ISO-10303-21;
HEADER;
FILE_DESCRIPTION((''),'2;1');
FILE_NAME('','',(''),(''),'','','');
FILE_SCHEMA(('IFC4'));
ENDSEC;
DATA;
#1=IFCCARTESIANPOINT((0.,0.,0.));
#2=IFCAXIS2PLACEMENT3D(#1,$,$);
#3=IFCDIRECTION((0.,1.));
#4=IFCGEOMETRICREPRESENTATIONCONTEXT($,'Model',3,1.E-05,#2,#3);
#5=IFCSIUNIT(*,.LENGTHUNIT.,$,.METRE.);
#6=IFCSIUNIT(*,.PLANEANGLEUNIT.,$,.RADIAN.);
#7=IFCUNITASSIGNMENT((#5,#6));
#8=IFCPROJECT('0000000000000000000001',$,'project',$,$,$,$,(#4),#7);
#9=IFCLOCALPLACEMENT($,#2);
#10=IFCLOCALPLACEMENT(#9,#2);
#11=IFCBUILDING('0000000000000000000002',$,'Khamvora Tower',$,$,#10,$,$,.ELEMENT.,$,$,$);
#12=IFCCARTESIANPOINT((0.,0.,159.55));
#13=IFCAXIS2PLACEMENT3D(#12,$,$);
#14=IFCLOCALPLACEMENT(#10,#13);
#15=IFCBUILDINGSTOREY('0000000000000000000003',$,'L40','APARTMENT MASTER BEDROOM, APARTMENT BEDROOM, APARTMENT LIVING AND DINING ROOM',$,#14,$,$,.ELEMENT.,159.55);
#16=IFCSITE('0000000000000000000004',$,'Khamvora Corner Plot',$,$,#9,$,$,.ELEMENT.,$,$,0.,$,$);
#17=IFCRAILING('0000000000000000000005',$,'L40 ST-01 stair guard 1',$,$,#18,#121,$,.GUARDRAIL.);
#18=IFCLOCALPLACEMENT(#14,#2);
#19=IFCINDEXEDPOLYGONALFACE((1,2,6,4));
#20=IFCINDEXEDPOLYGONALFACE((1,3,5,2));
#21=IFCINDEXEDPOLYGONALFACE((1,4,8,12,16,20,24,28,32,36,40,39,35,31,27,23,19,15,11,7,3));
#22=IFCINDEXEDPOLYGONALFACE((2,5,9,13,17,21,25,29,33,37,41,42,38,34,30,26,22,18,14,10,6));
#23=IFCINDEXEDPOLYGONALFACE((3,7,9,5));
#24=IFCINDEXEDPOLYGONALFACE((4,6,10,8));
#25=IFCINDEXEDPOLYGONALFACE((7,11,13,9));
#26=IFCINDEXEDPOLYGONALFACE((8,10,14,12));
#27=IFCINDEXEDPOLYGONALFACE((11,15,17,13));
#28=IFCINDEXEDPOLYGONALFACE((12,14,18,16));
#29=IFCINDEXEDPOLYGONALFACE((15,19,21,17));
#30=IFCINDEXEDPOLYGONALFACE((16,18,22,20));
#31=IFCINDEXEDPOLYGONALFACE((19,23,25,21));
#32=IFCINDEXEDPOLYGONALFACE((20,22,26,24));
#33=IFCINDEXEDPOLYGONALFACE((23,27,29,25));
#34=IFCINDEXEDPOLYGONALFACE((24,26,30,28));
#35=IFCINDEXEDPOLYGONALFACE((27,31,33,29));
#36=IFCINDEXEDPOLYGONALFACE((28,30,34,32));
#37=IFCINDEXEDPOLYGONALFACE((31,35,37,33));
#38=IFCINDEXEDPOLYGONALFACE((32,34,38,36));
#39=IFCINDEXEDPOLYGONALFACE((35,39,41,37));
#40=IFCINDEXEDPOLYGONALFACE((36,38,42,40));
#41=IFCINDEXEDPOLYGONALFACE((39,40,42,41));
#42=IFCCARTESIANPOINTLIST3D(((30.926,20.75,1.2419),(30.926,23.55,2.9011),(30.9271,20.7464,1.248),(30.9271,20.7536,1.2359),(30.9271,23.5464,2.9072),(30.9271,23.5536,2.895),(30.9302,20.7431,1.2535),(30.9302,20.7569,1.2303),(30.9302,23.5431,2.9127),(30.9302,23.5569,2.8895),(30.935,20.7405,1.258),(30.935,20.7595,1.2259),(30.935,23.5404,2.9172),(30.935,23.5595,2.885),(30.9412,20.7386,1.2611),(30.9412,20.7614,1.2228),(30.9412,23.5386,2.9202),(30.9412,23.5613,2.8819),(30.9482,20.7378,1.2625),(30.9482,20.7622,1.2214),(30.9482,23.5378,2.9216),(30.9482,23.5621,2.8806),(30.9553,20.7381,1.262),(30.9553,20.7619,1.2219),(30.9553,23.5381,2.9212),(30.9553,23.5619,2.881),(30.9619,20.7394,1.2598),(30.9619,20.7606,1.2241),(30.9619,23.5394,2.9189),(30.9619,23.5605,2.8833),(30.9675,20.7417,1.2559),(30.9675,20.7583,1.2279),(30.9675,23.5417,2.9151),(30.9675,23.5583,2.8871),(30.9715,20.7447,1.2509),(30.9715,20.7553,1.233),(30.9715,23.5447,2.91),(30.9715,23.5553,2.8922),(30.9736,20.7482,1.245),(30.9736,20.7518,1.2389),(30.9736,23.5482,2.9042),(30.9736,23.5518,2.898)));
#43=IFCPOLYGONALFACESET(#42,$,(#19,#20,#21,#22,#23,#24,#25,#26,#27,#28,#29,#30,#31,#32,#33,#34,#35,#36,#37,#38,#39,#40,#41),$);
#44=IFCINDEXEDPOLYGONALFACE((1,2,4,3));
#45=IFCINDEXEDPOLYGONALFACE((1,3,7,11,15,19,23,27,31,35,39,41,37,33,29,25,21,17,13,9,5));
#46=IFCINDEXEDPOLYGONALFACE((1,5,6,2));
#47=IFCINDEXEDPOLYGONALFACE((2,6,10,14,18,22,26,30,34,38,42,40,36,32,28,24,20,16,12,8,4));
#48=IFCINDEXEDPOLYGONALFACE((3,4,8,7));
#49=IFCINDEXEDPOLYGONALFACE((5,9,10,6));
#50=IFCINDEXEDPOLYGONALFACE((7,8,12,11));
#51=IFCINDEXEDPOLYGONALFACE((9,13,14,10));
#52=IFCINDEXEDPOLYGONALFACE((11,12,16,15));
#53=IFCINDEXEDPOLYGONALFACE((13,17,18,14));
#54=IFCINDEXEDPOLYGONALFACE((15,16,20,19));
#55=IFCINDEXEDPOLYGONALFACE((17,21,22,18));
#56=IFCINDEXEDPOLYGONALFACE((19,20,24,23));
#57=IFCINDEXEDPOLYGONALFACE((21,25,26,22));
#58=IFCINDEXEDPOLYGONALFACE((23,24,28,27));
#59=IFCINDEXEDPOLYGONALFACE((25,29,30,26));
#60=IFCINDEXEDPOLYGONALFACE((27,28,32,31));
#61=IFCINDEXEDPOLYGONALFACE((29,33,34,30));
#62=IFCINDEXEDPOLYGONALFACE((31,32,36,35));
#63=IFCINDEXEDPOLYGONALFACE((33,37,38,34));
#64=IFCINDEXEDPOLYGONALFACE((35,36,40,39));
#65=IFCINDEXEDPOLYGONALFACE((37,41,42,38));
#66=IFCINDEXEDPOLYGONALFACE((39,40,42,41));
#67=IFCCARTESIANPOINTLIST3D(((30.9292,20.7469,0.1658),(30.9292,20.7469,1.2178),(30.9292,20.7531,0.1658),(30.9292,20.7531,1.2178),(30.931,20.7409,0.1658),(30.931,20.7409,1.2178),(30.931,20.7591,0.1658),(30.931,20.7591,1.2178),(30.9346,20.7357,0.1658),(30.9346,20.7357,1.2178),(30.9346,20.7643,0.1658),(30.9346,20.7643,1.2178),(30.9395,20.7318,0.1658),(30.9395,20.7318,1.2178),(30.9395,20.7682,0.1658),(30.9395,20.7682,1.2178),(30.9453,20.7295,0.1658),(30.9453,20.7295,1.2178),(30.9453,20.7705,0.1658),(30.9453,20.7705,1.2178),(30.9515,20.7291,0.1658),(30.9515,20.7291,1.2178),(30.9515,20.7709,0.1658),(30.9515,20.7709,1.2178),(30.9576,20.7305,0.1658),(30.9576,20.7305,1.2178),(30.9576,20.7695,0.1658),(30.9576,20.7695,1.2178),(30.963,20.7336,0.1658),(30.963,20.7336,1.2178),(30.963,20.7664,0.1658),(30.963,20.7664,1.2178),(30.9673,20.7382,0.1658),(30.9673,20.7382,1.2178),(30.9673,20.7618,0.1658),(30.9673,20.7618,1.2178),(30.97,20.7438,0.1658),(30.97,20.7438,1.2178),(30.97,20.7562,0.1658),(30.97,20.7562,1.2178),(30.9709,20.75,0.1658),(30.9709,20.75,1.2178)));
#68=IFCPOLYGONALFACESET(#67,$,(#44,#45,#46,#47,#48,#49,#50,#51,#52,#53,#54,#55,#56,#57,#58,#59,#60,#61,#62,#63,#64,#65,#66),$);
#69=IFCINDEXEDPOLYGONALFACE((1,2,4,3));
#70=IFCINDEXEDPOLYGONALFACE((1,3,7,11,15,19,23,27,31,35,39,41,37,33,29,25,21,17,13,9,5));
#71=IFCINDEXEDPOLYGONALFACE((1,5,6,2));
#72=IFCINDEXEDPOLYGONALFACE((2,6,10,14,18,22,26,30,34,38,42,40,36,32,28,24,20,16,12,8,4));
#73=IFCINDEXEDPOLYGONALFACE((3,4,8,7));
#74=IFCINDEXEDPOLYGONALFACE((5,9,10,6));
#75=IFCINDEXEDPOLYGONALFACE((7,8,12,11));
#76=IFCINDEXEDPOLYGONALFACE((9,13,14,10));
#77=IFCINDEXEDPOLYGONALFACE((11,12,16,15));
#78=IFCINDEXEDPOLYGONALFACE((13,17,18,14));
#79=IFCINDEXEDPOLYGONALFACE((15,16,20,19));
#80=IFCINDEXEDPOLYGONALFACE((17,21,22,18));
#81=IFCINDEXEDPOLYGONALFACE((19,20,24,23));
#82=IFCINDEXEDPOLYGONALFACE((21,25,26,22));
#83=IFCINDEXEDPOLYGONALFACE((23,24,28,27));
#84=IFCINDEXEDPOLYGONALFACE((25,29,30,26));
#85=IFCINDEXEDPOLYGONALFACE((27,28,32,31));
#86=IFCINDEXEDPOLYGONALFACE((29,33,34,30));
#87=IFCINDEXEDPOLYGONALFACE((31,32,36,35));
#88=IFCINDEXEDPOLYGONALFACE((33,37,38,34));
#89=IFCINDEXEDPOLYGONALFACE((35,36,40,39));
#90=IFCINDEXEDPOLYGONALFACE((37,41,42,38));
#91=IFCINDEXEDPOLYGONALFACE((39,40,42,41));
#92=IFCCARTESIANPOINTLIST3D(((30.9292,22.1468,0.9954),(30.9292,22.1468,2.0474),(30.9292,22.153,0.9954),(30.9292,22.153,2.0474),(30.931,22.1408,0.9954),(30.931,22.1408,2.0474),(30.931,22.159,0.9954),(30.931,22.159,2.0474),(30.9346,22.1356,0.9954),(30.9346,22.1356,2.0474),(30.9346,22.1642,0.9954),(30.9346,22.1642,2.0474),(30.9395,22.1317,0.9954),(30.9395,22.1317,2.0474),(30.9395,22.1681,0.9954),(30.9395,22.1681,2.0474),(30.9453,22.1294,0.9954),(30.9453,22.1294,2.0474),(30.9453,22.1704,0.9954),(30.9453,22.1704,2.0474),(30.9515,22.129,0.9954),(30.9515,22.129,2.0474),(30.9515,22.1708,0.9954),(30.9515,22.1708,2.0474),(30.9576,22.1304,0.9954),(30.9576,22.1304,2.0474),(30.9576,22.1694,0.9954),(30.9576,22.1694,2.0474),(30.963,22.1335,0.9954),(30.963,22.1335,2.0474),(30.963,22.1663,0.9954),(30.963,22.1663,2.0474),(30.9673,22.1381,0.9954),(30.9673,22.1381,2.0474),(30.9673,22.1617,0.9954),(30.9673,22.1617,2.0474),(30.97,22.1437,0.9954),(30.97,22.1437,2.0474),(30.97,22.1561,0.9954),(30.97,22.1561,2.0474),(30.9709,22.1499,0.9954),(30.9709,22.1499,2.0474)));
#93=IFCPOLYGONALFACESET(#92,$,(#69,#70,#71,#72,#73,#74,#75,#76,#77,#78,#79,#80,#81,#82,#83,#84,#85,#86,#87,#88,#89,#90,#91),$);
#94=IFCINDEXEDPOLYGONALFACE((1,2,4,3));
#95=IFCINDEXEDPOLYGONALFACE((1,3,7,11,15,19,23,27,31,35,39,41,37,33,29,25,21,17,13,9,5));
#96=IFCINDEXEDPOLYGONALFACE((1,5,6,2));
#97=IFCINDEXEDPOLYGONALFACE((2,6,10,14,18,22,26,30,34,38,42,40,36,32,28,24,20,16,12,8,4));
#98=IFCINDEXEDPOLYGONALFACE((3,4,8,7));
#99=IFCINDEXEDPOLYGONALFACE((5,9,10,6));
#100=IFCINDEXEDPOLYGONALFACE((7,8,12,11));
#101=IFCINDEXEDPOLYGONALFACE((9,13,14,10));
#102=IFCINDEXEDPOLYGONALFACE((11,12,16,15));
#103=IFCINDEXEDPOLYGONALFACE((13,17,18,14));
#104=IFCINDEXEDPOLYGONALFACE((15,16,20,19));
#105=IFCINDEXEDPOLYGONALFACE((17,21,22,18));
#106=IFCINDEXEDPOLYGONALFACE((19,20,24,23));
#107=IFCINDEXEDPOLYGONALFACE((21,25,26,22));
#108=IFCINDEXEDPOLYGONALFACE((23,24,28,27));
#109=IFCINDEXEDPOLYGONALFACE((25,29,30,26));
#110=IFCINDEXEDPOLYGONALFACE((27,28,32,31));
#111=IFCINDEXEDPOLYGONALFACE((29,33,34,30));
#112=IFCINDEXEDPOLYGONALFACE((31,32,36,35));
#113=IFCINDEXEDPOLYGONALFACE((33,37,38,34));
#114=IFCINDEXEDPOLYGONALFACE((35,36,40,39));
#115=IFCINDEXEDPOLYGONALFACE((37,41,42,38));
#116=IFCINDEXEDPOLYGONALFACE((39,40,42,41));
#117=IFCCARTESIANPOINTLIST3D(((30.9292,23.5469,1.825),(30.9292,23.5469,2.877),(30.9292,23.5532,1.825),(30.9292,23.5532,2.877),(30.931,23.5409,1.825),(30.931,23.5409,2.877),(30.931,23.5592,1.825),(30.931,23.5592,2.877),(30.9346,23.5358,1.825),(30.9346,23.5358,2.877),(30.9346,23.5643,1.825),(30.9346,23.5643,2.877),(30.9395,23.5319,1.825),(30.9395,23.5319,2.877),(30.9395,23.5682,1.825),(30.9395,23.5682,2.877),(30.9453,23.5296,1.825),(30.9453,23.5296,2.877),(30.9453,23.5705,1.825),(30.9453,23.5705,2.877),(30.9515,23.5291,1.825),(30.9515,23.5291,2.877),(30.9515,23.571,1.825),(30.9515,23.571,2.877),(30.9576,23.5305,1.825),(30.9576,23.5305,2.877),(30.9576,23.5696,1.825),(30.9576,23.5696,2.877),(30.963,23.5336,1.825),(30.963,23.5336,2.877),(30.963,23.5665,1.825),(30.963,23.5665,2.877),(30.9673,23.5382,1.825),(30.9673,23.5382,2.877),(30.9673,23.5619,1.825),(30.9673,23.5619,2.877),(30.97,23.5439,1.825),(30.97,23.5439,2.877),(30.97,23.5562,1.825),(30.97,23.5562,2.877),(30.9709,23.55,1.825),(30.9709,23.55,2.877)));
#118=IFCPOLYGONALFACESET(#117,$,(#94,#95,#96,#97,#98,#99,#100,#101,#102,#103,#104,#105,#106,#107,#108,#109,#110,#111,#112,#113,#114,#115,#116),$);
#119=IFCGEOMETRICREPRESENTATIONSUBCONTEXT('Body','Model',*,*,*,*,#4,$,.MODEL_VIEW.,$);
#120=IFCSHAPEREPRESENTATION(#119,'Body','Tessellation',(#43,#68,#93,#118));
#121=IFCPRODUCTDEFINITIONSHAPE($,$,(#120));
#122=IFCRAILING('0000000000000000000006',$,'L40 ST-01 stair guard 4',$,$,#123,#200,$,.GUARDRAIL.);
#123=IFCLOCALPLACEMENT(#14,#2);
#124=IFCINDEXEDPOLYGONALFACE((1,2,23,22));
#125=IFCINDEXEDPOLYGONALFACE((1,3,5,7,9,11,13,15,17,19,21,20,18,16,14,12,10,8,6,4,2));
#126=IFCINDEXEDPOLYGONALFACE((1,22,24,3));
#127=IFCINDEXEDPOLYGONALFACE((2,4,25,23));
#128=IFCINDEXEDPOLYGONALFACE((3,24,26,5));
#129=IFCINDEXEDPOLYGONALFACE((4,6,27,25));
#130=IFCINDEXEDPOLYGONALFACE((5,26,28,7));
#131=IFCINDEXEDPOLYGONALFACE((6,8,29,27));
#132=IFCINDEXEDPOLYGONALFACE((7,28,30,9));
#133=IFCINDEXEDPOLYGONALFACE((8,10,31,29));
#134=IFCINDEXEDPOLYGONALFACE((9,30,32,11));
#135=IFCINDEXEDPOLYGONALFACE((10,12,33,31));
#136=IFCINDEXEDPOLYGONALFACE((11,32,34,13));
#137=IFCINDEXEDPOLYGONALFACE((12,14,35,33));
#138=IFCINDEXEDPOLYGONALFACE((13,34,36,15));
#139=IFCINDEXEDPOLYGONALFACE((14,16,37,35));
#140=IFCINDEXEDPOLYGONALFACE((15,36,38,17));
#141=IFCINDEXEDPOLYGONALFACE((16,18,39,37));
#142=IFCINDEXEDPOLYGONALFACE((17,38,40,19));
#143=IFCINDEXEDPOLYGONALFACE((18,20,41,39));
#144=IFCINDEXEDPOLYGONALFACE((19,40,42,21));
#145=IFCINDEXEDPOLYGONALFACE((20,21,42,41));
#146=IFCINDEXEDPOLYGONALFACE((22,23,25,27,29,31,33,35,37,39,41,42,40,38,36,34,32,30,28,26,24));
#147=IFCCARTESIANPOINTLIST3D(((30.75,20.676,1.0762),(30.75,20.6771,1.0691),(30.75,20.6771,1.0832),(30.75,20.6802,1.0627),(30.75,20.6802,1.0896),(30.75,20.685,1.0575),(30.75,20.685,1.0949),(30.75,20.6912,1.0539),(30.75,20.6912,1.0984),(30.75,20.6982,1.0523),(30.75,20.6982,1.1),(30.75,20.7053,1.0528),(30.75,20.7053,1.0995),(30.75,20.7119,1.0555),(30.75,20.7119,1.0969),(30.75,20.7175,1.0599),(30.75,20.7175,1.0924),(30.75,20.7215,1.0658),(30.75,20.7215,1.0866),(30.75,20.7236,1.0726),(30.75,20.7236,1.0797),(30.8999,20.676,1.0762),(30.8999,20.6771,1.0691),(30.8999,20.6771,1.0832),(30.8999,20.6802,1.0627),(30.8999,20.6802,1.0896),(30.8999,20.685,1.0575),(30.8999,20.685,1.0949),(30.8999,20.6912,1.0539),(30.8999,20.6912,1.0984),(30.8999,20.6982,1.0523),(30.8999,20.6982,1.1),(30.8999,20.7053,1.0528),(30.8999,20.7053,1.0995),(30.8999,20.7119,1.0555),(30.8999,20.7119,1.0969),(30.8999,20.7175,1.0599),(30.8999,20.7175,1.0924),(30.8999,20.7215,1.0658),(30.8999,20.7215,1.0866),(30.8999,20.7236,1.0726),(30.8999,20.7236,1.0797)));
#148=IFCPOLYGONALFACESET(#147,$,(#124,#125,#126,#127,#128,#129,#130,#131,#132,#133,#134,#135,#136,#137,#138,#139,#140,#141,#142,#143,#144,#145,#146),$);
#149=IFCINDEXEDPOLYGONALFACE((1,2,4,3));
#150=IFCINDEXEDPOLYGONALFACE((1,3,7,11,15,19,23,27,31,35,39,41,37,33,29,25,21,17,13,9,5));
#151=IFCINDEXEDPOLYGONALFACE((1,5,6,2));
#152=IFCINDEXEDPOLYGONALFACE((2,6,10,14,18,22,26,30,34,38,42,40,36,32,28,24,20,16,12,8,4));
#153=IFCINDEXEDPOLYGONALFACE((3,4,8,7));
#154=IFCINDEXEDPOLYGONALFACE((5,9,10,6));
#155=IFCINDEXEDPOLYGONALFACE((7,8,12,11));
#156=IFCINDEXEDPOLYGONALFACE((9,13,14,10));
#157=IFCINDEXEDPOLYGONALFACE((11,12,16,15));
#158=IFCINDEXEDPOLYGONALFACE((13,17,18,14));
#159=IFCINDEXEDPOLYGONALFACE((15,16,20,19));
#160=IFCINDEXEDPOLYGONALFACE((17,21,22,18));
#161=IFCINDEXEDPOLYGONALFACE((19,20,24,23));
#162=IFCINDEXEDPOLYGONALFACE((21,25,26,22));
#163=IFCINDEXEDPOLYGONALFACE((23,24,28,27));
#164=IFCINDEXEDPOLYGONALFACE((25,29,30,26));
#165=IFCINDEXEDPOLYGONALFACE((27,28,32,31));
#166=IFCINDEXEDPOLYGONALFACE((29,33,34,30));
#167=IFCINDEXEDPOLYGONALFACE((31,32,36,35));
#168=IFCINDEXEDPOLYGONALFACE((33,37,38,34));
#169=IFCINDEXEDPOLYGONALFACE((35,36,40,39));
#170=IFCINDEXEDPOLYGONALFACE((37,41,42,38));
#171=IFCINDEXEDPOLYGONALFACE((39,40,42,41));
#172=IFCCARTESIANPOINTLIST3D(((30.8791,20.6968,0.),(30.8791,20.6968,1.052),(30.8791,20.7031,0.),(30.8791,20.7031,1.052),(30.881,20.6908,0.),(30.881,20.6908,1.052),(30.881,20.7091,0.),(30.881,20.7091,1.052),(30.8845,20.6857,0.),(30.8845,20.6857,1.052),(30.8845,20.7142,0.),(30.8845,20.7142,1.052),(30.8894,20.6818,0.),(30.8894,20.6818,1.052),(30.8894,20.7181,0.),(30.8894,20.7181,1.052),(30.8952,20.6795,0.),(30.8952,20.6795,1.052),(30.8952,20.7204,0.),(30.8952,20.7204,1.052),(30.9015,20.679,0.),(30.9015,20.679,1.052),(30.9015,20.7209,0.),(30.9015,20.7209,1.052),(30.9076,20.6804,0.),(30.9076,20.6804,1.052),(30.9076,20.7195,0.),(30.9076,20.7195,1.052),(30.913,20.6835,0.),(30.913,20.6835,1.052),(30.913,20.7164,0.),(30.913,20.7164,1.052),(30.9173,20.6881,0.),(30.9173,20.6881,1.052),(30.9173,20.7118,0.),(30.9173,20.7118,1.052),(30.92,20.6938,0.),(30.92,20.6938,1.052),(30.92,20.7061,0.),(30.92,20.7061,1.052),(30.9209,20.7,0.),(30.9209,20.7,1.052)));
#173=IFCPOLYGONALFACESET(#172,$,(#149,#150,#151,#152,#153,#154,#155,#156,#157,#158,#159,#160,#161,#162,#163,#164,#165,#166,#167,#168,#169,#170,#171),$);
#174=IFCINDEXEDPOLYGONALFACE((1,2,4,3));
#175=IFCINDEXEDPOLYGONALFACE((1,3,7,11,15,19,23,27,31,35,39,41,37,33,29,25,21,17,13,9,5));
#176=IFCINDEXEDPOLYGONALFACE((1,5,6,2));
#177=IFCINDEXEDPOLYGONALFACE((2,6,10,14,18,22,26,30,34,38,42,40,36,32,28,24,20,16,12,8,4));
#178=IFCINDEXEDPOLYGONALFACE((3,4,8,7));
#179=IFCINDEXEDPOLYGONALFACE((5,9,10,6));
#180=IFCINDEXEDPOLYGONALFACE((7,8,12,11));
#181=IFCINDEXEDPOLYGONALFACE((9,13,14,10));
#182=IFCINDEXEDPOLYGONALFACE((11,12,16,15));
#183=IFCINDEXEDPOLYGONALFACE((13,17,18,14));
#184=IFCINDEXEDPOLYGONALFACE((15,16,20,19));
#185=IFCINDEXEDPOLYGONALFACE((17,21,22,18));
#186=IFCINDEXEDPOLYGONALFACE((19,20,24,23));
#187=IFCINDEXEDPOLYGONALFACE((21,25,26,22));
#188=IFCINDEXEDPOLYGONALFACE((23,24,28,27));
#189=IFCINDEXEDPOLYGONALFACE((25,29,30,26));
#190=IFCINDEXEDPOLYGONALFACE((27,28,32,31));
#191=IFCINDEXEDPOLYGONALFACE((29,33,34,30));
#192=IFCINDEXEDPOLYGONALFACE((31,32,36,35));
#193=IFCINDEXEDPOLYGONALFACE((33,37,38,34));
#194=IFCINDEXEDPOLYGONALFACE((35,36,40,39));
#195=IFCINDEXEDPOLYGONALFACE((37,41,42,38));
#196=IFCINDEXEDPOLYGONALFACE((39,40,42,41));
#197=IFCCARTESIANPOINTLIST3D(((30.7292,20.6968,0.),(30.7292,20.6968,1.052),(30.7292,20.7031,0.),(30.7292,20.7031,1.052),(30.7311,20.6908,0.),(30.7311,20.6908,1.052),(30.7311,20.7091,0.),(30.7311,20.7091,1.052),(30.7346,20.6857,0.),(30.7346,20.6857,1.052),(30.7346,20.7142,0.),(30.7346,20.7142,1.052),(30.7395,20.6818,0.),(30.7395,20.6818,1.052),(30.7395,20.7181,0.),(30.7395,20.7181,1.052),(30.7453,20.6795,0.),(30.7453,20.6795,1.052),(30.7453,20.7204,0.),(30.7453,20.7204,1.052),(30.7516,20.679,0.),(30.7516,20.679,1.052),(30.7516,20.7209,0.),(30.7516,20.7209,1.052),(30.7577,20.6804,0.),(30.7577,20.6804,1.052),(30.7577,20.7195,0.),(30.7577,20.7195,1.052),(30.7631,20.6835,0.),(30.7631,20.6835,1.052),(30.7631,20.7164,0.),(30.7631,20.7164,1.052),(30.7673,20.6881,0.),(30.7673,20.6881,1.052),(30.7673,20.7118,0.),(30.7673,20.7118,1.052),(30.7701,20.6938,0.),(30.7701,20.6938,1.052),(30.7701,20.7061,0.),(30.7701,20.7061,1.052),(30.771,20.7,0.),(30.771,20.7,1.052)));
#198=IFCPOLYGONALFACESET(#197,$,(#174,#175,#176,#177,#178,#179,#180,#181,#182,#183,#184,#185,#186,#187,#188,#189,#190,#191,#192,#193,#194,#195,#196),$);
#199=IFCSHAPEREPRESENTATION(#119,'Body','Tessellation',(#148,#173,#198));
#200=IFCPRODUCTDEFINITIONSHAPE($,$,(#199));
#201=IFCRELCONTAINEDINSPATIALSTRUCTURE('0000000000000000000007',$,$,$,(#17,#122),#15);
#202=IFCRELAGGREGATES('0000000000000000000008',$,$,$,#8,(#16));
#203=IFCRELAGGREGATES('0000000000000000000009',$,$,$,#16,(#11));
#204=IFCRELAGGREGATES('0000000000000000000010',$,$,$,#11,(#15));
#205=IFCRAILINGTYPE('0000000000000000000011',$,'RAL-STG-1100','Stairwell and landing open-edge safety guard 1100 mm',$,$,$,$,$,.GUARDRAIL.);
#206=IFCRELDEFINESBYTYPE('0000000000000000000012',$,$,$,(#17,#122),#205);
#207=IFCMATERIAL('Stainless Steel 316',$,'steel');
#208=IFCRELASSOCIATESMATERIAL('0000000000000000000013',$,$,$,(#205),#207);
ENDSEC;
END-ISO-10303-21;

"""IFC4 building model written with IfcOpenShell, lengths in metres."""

from ifc_helpers import new_model, si_unit, direction, frame, origin, origin_2d, place, context, subcontext, project, spatial, circle, extrude, material, type_object, element, save


model = new_model("IFC4")

# Units and contexts
model_context = context("Model", 3, precision=1e-05, world=origin(), true_north=direction((0.0, 1.0)))
body_context = subcontext(model_context, "Body", "Model", "MODEL_VIEW")
ifc_project = project(units=[si_unit("LENGTHUNIT", "METRE"), si_unit("PLANEANGLEUNIT", "RADIAN")], contexts=[model_context])

# Site, building, storey
site_placement = place(None, origin())
site = spatial("IfcSite", under=ifc_project, at=site_placement, Name="Khamvora Corner Plot", CompositionType="ELEMENT", RefElevation=0.0)
building_placement = place(site_placement, origin())
building = spatial("IfcBuilding", under=site, at=building_placement, Name="Khamvora Tower", CompositionType="ELEMENT")
storey_placement = place(building_placement, frame((0.0, 0.0, 159.55)))
storey = spatial("IfcBuildingStorey", under=building, at=storey_placement, Name="L40", Description="APARTMENT MASTER BEDROOM, APARTMENT BEDROOM, APARTMENT LIVING AND DINING ROOM", CompositionType="ELEMENT", Elevation=159.55)

# Railings
ifc_material_1 = material(Name="Stainless Steel 316", Category="steel")
railing_type = type_object("IfcRailingType", Name="RAL-STG-1100", Description="Stairwell and landing open-edge safety guard 1100 mm", PredefinedType="GUARDRAIL", material=ifc_material_1)
railing_1_placement = place(storey_placement, frame((30.95, 20.75, 0.1658)))
element("IfcRailing", 1, at=railing_1_placement, inside=storey, type_object=railing_type, Name="L40 ST-01 stair guard 1", PredefinedType="GUARDRAIL", context=body_context, shape_type="SweptSolid", body=[
    extrude(circle(Radius=0.0239, at=origin_2d()), frame((0.0, 0.0, 1.0762), z_axis=(0.0, 0.860306, 0.509778), x_axis=(-1.0, 0.0, 0.0)), (0.0, 0.0, 1.0), 3.2546),
    extrude(circle(Radius=0.021, at=origin_2d()), origin(), (0.0, 0.0, 1.0), 1.052),
    extrude(circle(Radius=0.021, at=origin_2d()), frame((0.0, 1.3999, 0.8296)), (0.0, 0.0, 1.0), 1.052),
    extrude(circle(Radius=0.021, at=origin_2d()), frame((0.0, 2.8, 1.6592)), (0.0, 0.0, 1.0), 1.052),
])
railing_2_placement = place(storey_placement, frame((30.8999, 20.7, 0.0)))
element("IfcRailing", 2, at=railing_2_placement, inside=storey, type_object=railing_type, Name="L40 ST-01 stair guard 4", PredefinedType="GUARDRAIL", context=body_context, shape_type="SweptSolid", body=[
    extrude(circle(Radius=0.0239, at=origin_2d()), frame((0.0, 0.0, 1.0762), z_axis=(-1.0, 0.0, 0.0), x_axis=(0.0, -1.0, 0.0)), (0.0, 0.0, 1.0), 0.1499),
    extrude(circle(Radius=0.021, at=origin_2d()), origin(), (0.0, 0.0, 1.0), 1.052),
    extrude(circle(Radius=0.021, at=origin_2d()), frame((-0.1499, 0.0, 0.0)), (0.0, 0.0, 1.0), 1.052),
])

save(model, "model.ifc")
